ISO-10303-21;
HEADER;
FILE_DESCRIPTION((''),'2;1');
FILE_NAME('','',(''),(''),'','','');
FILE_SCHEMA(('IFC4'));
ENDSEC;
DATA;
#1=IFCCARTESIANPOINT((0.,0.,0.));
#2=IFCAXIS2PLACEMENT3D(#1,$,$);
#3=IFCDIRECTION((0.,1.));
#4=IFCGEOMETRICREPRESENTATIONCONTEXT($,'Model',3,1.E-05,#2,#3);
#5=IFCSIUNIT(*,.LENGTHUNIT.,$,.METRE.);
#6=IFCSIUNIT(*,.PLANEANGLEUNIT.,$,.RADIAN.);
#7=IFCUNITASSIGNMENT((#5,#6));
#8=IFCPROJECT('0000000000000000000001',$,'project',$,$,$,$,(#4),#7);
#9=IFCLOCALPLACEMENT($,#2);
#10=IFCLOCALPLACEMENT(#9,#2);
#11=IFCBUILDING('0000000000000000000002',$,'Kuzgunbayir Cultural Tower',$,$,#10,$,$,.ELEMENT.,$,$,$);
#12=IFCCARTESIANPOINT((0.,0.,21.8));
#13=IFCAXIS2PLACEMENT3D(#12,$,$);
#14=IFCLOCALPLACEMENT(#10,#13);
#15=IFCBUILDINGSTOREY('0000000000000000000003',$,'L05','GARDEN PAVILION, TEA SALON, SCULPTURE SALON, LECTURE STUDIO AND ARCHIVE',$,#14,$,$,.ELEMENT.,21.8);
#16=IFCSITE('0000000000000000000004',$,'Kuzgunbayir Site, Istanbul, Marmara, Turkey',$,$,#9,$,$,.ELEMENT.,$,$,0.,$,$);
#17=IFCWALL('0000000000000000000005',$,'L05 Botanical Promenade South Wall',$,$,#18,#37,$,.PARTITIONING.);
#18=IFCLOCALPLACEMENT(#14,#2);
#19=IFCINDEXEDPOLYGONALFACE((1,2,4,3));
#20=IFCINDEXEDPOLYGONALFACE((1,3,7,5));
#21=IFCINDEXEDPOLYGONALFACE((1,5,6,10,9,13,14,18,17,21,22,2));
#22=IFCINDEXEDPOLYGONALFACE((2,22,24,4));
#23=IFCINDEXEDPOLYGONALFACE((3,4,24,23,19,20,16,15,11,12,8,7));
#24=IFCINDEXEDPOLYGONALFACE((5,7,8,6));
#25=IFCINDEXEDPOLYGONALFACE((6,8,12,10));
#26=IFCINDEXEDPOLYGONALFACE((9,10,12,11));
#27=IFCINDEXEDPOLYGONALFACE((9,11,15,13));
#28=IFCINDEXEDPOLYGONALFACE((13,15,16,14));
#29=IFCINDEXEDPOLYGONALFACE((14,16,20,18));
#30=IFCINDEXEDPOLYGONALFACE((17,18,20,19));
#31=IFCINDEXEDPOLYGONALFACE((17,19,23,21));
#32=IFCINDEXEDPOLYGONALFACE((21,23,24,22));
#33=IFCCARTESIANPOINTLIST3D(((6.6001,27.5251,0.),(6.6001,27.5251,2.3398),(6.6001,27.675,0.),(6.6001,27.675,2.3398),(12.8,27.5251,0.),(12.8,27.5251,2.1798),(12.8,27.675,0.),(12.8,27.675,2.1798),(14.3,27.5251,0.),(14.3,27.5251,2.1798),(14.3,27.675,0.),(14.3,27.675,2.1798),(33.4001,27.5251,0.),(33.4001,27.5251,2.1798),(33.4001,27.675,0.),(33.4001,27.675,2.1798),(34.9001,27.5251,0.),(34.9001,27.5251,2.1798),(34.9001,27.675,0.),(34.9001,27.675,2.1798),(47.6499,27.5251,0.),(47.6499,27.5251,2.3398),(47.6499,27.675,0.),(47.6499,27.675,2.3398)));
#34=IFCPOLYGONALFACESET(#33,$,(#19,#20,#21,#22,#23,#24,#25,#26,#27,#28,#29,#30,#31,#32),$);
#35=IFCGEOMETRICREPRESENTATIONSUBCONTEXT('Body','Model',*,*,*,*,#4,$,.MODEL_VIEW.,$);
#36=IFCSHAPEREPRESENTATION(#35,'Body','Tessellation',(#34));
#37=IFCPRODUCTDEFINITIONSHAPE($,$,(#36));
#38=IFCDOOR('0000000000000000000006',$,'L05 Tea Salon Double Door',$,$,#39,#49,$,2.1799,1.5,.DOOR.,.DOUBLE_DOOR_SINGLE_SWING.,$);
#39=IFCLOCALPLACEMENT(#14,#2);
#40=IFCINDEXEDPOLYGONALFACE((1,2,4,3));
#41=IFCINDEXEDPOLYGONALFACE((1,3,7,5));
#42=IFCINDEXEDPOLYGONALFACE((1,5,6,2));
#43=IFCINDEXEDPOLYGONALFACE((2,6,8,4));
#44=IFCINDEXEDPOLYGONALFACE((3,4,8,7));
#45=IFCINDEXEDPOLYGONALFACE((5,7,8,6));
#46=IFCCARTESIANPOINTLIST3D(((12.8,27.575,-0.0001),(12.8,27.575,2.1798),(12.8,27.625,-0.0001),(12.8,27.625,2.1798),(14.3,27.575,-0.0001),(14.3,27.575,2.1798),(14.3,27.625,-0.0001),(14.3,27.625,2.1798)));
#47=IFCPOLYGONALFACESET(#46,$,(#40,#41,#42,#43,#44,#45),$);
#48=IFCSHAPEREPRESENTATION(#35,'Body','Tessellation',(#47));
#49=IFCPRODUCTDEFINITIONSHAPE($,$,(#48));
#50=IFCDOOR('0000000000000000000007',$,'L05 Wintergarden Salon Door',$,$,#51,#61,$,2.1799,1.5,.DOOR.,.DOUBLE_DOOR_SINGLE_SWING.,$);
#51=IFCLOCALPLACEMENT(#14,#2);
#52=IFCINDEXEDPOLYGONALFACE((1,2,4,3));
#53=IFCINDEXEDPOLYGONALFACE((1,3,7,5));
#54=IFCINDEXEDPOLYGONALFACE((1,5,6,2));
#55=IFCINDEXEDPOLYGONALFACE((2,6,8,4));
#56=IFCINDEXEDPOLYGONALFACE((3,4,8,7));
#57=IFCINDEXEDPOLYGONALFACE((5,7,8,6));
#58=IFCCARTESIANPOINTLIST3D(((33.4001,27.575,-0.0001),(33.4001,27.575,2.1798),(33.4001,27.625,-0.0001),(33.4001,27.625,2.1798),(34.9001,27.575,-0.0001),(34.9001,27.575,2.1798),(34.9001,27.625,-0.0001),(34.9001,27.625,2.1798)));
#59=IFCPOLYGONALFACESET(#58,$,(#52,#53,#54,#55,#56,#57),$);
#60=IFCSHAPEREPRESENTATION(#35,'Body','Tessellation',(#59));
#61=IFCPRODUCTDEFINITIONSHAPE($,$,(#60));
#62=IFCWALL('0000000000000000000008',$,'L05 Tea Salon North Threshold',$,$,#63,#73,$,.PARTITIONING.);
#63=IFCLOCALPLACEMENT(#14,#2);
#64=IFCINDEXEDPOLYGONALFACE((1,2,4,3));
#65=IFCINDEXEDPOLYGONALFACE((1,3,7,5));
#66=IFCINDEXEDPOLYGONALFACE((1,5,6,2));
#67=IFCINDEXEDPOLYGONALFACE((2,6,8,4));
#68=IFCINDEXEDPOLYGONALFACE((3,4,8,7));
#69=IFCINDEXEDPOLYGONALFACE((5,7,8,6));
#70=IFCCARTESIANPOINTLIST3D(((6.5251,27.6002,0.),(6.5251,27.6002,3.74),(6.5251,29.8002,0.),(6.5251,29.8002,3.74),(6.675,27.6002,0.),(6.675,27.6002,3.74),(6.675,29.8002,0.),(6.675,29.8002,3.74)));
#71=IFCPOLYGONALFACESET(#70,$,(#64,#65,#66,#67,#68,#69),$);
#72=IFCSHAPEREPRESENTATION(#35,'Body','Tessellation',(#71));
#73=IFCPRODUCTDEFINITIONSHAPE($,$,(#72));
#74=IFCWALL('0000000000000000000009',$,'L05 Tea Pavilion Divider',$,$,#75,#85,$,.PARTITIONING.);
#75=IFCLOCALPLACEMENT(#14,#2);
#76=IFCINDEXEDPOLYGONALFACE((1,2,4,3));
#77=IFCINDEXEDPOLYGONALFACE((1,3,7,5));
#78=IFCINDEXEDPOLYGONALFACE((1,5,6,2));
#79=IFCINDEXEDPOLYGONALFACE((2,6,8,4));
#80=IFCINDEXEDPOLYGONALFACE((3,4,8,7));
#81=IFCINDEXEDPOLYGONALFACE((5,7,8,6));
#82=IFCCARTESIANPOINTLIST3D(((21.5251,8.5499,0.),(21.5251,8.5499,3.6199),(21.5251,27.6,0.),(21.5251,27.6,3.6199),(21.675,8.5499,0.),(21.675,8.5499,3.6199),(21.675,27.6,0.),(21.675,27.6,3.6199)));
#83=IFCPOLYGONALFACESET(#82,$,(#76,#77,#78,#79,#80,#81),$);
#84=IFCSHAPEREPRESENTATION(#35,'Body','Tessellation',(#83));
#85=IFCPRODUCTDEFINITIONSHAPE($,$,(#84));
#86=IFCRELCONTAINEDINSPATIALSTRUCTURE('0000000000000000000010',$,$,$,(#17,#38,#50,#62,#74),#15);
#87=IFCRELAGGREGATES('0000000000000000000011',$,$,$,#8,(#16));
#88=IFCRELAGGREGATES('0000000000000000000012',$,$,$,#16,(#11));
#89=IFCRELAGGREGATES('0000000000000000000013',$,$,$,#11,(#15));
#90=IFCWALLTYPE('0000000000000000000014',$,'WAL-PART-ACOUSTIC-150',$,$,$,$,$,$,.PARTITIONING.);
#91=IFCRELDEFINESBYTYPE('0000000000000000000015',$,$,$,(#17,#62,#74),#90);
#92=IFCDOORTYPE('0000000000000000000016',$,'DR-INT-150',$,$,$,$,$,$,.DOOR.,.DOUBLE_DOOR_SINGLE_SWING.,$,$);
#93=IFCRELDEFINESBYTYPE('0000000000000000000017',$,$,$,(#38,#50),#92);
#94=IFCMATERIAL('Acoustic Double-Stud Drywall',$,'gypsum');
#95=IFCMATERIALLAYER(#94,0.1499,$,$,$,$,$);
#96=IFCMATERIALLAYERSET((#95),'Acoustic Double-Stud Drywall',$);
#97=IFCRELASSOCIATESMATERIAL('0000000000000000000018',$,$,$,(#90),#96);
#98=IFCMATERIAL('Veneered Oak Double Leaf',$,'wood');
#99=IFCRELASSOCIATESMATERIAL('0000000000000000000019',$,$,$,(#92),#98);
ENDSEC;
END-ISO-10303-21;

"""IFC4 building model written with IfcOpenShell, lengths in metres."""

from ifc_helpers import new_model, si_unit, direction, frame, frame_2d, origin, place, context, subcontext, project, spatial, rectangle, extrude, material, layer, layer_set, type_object, element, fill, save


model = new_model("IFC4")

# Units and contexts
model_context = context("Model", 3, precision=1e-05, world=origin(), true_north=direction((0.0, 1.0)))
body_context = subcontext(model_context, "Body", "Model", "MODEL_VIEW")
ifc_project = project(units=[si_unit("LENGTHUNIT", "METRE"), si_unit("PLANEANGLEUNIT", "RADIAN")], contexts=[model_context])

# Site, building, storey
site_placement = place(None, origin())
site = spatial("IfcSite", under=ifc_project, at=site_placement, Name="Kuzgunbayir Site, Istanbul, Marmara, Turkey", CompositionType="ELEMENT", RefElevation=0.0)
building_placement = place(site_placement, origin())
building = spatial("IfcBuilding", under=site, at=building_placement, Name="Kuzgunbayir Cultural Tower", CompositionType="ELEMENT")
storey_placement = place(building_placement, frame((0.0, 0.0, 21.8)))
storey = spatial("IfcBuildingStorey", under=building, at=storey_placement, Name="L05", Description="GARDEN PAVILION, TEA SALON, SCULPTURE SALON, LECTURE STUDIO AND ARCHIVE", CompositionType="ELEMENT", Elevation=21.8)

# Wall, openings, doors
ifc_material_1 = material(Name="Acoustic Double-Stud Drywall", Category="gypsum")
ifc_layer_1 = layer(ifc_material_1, 0.1499)
ifc_layer_set_1 = layer_set([ifc_layer_1], Name="Acoustic Double-Stud Drywall")
wall_type_1 = type_object("IfcWallType", Name="WAL-PART-ACOUSTIC-150", PredefinedType="PARTITIONING", material=ifc_layer_set_1)
wall_1_placement = place(storey_placement, frame((6.6001, 27.6001, 0.0), z_axis=(0.0, 0.0, 1.0), x_axis=(1.0, 0.0, 0.0)))
wall_1 = element("IfcWall", 1, at=wall_1_placement, inside=storey, type_object=wall_type_1, Name="L05 Botanical Promenade South Wall", PredefinedType="PARTITIONING", context=body_context, shape_type="SweptSolid", body=[
    extrude(rectangle(XDim=41.0498, YDim=0.1499, at=frame_2d((20.5249, 0.0))), origin(), (0.0, 0.0, 1.0), 2.3398),
])
opening_1_placement = place(wall_1_placement, frame((6.2, 0.0, 0.0)))
opening_1 = element("IfcOpeningElement", 2, at=opening_1_placement, cuts=wall_1, PredefinedType="OPENING", context=body_context, shape_type="SweptSolid", body=[
    extrude(rectangle(XDim=1.5, YDim=2.1799, at=frame_2d((0.75, 1.0898))), frame((0.0, 0.085, 0.0), z_axis=(0.0, -1.0, 0.0), x_axis=(1.0, 0.0, 0.0)), (0.0, 0.0, 1.0), 0.1699),
])
opening_2_placement = place(wall_1_placement, frame((26.8, 0.0, 0.0)))
opening_2 = element("IfcOpeningElement", 3, at=opening_2_placement, cuts=wall_1, PredefinedType="OPENING", context=body_context, shape_type="SweptSolid", body=[
    extrude(rectangle(XDim=1.5, YDim=2.1799, at=frame_2d((0.75, 1.0898))), frame((0.0, 0.085, 0.0), z_axis=(0.0, -1.0, 0.0), x_axis=(1.0, 0.0, 0.0)), (0.0, 0.0, 1.0), 0.1699),
])
ifc_material_2 = material(Name="Veneered Oak Double Leaf", Category="wood")
door_type_1 = type_object("IfcDoorType", Name="DR-INT-150", OperationType="DOUBLE_DOOR_SINGLE_SWING", PredefinedType="DOOR", material=ifc_material_2)
door_1_placement = place(opening_1_placement, origin())
door_1 = element("IfcDoor", 4, at=door_1_placement, inside=storey, type_object=door_type_1, Name="L05 Tea Salon Double Door", OperationType="DOUBLE_DOOR_SINGLE_SWING", OverallHeight=2.1799, OverallWidth=1.5, PredefinedType="DOOR", context=body_context, shape_type="SweptSolid", body=[
    extrude(rectangle(XDim=1.5, YDim=2.1799, at=frame_2d((0.75, 1.0898))), frame((0.0, 0.0249, 0.0), z_axis=(0.0, -1.0, 0.0), x_axis=(1.0, 0.0, 0.0)), (0.0, 0.0, 1.0), 0.05),
])
fill(opening_1, door_1)
door_2_placement = place(opening_2_placement, origin())
door_2 = element("IfcDoor", 5, at=door_2_placement, inside=storey, type_object=door_type_1, Name="L05 Wintergarden Salon Door", OperationType="DOUBLE_DOOR_SINGLE_SWING", OverallHeight=2.1799, OverallWidth=1.5, PredefinedType="DOOR", context=body_context, shape_type="SweptSolid", body=[
    extrude(rectangle(XDim=1.5, YDim=2.1799, at=frame_2d((0.75, 1.0898))), frame((0.0, 0.0249, 0.0), z_axis=(0.0, -1.0, 0.0), x_axis=(1.0, 0.0, 0.0)), (0.0, 0.0, 1.0), 0.05),
])
fill(opening_2, door_2)

# Walls
wall_2_placement = place(storey_placement, frame((6.6001, 27.6001, 0.0), z_axis=(0.0, 0.0, 1.0), x_axis=(0.0, 1.0, 0.0)))
element("IfcWall", 6, at=wall_2_placement, inside=storey, type_object=wall_type_1, Name="L05 Tea Salon North Threshold", PredefinedType="PARTITIONING", context=body_context, shape_type="SweptSolid", body=[
    extrude(rectangle(XDim=2.2, YDim=0.1499, at=frame_2d((1.1001, 0.0))), origin(), (0.0, 0.0, 1.0), 3.74),
])
wall_3_placement = place(storey_placement, frame((21.6001, 8.55, 0.0), z_axis=(0.0, 0.0, 1.0), x_axis=(0.0, 1.0, 0.0)))
element("IfcWall", 7, at=wall_3_placement, inside=storey, type_object=wall_type_1, Name="L05 Tea Pavilion Divider", PredefinedType="PARTITIONING", context=body_context, shape_type="SweptSolid", body=[
    extrude(rectangle(XDim=19.05, YDim=0.1499, at=frame_2d((9.5249, 0.0))), origin(), (0.0, 0.0, 1.0), 3.6199),
])

save(model, "model.ifc")
